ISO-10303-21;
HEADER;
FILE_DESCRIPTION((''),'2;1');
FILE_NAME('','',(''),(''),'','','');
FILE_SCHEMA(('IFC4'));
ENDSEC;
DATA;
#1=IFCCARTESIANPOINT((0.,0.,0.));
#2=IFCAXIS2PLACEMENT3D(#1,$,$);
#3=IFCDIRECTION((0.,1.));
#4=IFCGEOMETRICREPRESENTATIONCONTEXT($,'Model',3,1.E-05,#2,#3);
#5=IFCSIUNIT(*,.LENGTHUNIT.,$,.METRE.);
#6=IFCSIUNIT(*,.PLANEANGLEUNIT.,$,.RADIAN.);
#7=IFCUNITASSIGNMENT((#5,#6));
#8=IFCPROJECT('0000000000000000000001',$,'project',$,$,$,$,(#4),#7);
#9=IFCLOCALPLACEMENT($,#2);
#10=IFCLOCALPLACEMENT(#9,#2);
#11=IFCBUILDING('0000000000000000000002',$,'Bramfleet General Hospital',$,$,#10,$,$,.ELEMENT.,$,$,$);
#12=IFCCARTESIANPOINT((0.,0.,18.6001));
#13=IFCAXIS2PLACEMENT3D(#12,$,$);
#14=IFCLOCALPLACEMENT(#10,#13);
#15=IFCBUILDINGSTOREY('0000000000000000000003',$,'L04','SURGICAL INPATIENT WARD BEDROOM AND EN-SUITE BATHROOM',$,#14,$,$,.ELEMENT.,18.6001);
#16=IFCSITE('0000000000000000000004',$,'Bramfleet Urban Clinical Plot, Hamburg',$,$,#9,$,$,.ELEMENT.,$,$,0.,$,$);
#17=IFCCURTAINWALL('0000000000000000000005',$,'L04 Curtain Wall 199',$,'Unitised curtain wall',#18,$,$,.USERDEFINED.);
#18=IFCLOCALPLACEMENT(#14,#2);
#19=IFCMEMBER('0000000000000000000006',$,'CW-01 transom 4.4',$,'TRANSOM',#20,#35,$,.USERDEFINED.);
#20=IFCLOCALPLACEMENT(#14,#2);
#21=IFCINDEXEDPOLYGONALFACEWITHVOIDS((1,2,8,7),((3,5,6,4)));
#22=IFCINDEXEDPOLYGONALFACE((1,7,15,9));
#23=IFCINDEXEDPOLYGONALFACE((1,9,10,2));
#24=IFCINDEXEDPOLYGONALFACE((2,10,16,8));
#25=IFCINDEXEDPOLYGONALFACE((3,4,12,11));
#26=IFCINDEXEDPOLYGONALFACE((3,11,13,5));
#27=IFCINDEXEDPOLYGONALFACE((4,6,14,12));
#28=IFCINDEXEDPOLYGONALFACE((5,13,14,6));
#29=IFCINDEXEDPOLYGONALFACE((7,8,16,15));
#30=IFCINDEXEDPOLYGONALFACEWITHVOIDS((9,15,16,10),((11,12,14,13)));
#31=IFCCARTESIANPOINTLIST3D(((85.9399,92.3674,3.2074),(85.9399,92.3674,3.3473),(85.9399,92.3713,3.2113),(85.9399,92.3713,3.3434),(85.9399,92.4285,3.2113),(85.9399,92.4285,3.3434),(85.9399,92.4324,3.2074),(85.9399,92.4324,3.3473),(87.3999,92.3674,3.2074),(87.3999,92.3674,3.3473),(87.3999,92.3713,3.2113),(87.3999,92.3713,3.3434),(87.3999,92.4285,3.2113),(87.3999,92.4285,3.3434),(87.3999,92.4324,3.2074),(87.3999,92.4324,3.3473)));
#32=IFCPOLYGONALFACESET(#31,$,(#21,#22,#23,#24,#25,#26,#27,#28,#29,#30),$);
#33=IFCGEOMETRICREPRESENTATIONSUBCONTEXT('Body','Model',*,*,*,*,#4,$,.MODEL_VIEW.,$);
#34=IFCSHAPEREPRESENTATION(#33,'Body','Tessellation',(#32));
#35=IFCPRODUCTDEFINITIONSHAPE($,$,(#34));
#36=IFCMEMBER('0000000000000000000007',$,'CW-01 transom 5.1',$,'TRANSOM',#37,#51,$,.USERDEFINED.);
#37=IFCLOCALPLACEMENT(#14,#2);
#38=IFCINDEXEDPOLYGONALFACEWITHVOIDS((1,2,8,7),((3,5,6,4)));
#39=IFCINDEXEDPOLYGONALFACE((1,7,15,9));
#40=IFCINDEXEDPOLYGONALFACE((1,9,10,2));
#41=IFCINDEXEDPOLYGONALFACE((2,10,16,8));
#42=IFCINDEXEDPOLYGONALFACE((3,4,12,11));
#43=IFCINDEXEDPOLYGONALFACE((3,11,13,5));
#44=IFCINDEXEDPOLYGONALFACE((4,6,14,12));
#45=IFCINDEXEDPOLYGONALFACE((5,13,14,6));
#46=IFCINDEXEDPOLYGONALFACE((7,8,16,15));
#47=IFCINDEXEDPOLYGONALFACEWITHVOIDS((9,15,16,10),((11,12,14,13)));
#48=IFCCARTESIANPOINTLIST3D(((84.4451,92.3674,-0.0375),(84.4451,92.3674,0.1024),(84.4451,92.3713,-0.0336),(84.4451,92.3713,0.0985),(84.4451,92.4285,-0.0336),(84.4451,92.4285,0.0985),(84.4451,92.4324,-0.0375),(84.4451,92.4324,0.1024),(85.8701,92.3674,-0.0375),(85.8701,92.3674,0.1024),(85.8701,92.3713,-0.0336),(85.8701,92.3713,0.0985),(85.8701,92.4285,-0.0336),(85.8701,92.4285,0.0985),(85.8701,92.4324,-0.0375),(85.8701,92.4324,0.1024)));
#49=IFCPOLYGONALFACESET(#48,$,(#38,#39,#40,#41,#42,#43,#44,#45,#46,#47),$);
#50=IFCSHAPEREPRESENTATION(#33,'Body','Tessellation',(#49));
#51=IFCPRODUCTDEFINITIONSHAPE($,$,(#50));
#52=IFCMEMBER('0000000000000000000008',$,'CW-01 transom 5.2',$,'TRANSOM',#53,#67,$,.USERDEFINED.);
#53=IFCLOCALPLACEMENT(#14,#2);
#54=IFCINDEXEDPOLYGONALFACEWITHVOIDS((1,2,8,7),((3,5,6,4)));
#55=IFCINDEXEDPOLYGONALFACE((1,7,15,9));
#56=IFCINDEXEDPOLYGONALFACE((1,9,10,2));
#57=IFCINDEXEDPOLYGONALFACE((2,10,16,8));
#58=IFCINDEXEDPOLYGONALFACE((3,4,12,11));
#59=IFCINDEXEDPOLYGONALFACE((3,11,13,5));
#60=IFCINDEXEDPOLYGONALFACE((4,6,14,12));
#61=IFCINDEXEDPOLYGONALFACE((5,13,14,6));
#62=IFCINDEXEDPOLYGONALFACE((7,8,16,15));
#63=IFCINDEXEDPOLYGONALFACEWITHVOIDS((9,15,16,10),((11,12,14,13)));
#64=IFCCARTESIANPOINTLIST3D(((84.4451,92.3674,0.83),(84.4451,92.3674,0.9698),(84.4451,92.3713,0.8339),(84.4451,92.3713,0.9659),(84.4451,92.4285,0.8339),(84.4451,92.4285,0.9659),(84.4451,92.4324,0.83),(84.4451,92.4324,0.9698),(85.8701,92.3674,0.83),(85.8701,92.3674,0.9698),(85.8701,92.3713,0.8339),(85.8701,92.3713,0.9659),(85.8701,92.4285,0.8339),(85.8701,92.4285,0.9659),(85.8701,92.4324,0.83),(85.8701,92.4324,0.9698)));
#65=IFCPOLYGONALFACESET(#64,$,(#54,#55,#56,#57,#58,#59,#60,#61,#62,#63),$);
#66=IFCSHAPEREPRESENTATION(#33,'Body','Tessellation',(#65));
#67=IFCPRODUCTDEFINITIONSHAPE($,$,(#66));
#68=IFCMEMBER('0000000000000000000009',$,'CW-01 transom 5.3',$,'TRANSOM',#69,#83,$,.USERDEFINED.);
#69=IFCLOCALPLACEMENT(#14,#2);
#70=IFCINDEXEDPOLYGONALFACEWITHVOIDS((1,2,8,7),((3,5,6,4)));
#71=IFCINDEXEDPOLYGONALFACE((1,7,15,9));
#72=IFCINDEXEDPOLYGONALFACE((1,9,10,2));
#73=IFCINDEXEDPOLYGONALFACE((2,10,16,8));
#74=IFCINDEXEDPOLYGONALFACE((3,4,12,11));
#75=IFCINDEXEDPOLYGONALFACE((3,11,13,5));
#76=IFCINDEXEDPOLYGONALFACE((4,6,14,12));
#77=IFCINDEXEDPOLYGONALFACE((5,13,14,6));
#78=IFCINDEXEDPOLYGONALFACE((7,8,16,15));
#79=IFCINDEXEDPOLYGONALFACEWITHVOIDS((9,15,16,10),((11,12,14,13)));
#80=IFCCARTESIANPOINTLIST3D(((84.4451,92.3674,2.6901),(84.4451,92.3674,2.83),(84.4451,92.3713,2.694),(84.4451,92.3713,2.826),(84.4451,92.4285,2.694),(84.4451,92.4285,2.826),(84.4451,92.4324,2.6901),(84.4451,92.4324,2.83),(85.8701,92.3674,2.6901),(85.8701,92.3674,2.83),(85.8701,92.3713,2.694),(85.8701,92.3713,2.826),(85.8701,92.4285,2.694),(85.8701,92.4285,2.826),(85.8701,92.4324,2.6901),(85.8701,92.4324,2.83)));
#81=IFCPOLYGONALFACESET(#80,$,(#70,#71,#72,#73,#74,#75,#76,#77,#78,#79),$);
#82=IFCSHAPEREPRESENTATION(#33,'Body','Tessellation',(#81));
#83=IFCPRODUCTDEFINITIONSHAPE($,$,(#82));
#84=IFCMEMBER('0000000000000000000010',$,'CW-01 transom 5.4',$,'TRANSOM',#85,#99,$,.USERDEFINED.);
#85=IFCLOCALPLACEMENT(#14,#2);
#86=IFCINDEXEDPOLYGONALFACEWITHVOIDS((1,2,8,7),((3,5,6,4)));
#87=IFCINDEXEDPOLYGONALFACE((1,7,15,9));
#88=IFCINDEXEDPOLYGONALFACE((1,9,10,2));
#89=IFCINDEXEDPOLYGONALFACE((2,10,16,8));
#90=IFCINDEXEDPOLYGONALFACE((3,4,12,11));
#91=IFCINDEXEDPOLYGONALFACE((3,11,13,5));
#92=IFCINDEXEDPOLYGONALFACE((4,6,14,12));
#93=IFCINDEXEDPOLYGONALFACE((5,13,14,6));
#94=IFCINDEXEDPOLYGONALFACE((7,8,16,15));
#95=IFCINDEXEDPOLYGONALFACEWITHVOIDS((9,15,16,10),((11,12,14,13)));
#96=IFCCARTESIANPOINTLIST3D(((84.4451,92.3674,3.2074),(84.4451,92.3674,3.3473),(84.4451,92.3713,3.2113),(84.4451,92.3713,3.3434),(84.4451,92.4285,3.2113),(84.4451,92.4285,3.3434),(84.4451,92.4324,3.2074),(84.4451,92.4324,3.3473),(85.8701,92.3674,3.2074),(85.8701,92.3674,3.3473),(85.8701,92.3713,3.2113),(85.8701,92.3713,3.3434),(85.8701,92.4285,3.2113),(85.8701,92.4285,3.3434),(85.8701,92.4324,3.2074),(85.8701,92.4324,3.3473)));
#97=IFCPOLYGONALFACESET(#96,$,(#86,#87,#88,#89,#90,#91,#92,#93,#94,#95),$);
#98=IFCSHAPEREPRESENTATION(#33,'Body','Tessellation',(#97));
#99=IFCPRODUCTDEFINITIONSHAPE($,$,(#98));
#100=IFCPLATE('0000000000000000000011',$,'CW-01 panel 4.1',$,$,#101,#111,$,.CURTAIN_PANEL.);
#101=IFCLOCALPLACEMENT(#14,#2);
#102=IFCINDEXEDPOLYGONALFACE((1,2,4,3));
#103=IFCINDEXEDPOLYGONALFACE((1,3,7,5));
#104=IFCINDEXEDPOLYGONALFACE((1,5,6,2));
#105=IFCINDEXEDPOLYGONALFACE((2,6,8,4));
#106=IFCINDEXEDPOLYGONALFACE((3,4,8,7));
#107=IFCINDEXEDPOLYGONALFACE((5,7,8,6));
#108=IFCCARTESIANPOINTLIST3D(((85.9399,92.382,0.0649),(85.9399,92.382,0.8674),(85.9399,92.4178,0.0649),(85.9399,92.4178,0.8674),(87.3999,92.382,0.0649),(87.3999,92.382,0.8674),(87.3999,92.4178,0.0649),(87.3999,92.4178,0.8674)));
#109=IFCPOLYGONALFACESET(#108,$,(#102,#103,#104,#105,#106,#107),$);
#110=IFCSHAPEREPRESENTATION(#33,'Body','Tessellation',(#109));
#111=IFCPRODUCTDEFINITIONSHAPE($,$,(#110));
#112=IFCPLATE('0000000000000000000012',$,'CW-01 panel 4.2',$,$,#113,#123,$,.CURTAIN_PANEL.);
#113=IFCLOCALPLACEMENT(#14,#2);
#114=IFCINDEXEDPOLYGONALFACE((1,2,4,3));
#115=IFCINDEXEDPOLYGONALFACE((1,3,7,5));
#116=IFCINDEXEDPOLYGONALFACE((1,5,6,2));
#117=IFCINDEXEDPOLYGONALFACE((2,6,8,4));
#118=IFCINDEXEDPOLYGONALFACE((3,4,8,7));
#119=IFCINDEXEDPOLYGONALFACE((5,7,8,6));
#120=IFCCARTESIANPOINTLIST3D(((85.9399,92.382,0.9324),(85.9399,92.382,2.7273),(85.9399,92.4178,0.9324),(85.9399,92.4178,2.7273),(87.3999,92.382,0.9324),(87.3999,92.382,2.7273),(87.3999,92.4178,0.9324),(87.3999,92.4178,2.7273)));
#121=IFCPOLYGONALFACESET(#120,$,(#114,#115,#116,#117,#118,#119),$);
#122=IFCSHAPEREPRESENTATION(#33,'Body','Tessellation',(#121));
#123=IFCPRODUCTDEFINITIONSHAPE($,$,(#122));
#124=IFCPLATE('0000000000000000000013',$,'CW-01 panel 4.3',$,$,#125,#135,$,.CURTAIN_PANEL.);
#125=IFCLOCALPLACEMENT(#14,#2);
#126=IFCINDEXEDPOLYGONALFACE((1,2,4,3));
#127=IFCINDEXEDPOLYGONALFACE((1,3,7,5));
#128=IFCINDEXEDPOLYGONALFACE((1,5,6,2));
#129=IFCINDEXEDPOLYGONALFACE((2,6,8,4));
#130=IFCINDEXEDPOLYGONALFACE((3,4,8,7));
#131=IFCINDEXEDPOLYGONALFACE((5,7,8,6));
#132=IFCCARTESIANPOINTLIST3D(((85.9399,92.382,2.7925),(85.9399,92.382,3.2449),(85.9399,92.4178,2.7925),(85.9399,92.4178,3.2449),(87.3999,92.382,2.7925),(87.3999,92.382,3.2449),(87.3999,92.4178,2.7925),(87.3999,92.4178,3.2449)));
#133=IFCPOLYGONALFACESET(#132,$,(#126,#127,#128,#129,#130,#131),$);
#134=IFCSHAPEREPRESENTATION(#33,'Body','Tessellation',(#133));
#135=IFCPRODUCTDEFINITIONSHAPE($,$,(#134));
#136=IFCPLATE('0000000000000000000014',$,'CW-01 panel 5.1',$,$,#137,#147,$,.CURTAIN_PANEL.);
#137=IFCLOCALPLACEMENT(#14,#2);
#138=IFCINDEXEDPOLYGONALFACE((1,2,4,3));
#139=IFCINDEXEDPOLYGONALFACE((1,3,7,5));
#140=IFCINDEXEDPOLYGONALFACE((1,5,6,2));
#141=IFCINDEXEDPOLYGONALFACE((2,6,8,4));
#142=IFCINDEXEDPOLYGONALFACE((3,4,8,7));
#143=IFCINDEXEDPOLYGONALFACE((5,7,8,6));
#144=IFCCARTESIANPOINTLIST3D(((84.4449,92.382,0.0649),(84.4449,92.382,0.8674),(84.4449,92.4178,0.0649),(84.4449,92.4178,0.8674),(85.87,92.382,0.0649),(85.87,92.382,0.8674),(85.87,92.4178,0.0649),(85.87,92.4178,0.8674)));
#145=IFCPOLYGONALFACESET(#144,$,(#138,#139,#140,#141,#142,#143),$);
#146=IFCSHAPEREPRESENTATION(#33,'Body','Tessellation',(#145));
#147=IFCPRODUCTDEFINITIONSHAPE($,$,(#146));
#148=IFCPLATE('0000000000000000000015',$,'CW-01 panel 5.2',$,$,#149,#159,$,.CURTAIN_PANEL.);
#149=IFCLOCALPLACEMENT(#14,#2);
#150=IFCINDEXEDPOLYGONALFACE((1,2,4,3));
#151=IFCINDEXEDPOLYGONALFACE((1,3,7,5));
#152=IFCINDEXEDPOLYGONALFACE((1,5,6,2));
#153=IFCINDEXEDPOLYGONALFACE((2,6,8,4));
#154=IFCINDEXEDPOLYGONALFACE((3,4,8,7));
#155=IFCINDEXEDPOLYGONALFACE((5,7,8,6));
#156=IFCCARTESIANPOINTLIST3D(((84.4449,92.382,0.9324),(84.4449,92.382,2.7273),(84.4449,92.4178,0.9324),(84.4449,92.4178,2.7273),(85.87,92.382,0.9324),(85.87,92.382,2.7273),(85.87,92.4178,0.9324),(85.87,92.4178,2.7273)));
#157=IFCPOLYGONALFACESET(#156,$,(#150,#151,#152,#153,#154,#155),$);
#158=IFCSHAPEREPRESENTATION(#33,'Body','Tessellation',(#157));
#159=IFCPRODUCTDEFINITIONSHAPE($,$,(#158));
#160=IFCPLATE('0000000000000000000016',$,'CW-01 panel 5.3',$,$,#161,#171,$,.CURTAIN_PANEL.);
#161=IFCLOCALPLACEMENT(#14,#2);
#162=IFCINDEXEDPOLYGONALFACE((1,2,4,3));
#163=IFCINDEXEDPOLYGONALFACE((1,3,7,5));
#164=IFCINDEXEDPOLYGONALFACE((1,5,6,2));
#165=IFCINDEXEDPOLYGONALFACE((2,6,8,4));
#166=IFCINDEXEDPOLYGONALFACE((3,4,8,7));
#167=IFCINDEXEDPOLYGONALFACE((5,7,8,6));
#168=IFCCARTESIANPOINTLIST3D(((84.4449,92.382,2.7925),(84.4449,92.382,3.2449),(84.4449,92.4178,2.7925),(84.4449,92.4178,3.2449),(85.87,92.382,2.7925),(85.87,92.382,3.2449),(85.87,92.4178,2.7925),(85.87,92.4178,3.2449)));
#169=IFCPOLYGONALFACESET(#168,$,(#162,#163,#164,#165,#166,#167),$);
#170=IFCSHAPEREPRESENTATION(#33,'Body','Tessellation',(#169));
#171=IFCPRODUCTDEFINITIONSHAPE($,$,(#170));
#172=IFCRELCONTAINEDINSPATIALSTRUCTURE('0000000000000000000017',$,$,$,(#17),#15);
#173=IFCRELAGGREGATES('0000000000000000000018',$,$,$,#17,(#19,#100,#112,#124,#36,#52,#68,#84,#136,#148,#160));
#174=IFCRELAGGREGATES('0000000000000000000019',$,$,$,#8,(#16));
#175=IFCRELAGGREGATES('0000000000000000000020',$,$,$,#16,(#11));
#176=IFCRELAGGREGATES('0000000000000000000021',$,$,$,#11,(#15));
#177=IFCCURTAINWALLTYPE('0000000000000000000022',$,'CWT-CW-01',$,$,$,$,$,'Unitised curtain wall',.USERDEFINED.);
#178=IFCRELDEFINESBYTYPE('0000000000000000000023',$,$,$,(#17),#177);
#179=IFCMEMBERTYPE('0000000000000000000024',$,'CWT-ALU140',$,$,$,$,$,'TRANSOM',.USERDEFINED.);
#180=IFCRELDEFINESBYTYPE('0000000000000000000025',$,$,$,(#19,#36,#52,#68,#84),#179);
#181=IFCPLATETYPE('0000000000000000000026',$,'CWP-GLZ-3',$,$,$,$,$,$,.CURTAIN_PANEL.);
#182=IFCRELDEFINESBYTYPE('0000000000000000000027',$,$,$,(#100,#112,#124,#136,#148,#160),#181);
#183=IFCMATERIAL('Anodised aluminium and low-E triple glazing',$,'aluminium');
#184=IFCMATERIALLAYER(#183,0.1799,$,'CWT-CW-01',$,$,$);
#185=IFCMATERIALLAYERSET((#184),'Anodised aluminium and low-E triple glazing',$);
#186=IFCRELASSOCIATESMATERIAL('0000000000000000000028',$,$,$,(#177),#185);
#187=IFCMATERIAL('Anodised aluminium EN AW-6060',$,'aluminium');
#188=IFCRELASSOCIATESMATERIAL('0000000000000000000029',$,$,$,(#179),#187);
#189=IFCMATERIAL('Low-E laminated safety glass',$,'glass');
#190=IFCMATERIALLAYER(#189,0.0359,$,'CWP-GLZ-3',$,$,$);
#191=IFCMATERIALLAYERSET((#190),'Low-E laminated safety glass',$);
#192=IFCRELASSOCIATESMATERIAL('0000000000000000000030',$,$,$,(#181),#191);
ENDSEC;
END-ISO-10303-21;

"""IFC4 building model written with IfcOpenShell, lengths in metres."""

from ifc_helpers import new_model, si_unit, direction, frame, origin, origin_2d, place, context, subcontext, project, spatial, rectangle, hollow_rectangle, extrude, material, layer, layer_set, material_profile, profile_set, type_object, element, aggregate, save


model = new_model("IFC4")

# Units and contexts
model_context = context("Model", 3, precision=1e-05, world=origin(), true_north=direction((0.0, 1.0)))
body_context = subcontext(model_context, "Body", "Model", "MODEL_VIEW")
ifc_project = project(units=[si_unit("LENGTHUNIT", "METRE"), si_unit("PLANEANGLEUNIT", "RADIAN")], contexts=[model_context])

# Site, building, storey
site_placement = place(None, origin())
site = spatial("IfcSite", under=ifc_project, at=site_placement, Name="Bramfleet Urban Clinical Plot, Hamburg", CompositionType="ELEMENT", RefElevation=0.0)
building_placement = place(site_placement, origin())
building = spatial("IfcBuilding", under=site, at=building_placement, Name="Bramfleet General Hospital", CompositionType="ELEMENT")
storey_placement = place(building_placement, frame((0.0, 0.0, 18.6001)))
storey = spatial("IfcBuildingStorey", under=building, at=storey_placement, Name="L04", Description="SURGICAL INPATIENT WARD BEDROOM AND EN-SUITE BATHROOM", CompositionType="ELEMENT", Elevation=18.6001)

# Curtain wall, members, plates
ifc_material_1 = material(Name="Anodised aluminium and low-E triple glazing", Category="aluminium")
ifc_layer_1 = layer(ifc_material_1, 0.1799, Name="CWT-CW-01")
ifc_layer_set_1 = layer_set([ifc_layer_1], Name="Anodised aluminium and low-E triple glazing")
curtain_wall_type = type_object("IfcCurtainWallType", Name="CWT-CW-01", ElementType="Unitised curtain wall", PredefinedType="USERDEFINED", material=ifc_layer_set_1)
curtain_wall_placement = place(storey_placement, origin())
curtain_wall = element("IfcCurtainWall", 1, at=curtain_wall_placement, inside=storey, type_object=curtain_wall_type, Name="L04 Curtain Wall 199", ObjectType="Unitised curtain wall", PredefinedType="USERDEFINED")
ifc_material_2 = material(Name="Anodised aluminium EN AW-6060", Category="aluminium")
ifc_material_profile_1 = material_profile(ifc_material_2, hollow_rectangle(XDim=0.0649, YDim=0.1399, WallThickness=0.0039, at=origin_2d()), Name="ALU 140x65x4.0")
ifc_profile_set_1 = profile_set([ifc_material_profile_1], Name="Anodised aluminium EN AW-6060")
member_type_1 = type_object("IfcMemberType", Name="CWT-ALU140", ElementType="TRANSOM", PredefinedType="USERDEFINED", material=ifc_profile_set_1)
member_1_placement = place(storey_placement, frame((87.3999, 92.3999, 3.2773), z_axis=(-1.0, 0.0, 0.0), x_axis=(0.0, -1.0, 0.0)))
member_1 = element("IfcMember", 2, at=member_1_placement, type_object=member_type_1, Name="CW-01 transom 4.4", ObjectType="TRANSOM", PredefinedType="USERDEFINED", context=body_context, shape_type="SweptSolid", body=[
    extrude(hollow_rectangle(XDim=0.0649, YDim=0.1399, WallThickness=0.0039, at=origin_2d()), origin(), (0.0, 0.0, 1.0), 1.46),
])
member_2_placement = place(storey_placement, frame((85.8701, 92.3999, 0.0325), z_axis=(-1.0, 0.0, 0.0), x_axis=(0.0, -1.0, 0.0)))
member_2 = element("IfcMember", 3, at=member_2_placement, type_object=member_type_1, Name="CW-01 transom 5.1", ObjectType="TRANSOM", PredefinedType="USERDEFINED", context=body_context, shape_type="SweptSolid", body=[
    extrude(hollow_rectangle(XDim=0.0649, YDim=0.1399, WallThickness=0.0039, at=origin_2d()), origin(), (0.0, 0.0, 1.0), 1.425),
])
member_3_placement = place(storey_placement, frame((85.8701, 92.3999, 0.8999), z_axis=(-1.0, 0.0, 0.0), x_axis=(0.0, -1.0, 0.0)))
member_3 = element("IfcMember", 4, at=member_3_placement, type_object=member_type_1, Name="CW-01 transom 5.2", ObjectType="TRANSOM", PredefinedType="USERDEFINED", context=body_context, shape_type="SweptSolid", body=[
    extrude(hollow_rectangle(XDim=0.0649, YDim=0.1399, WallThickness=0.0039, at=origin_2d()), origin(), (0.0, 0.0, 1.0), 1.425),
])
member_4_placement = place(storey_placement, frame((85.8701, 92.3999, 2.76), z_axis=(-1.0, 0.0, 0.0), x_axis=(0.0, -1.0, 0.0)))
member_4 = element("IfcMember", 5, at=member_4_placement, type_object=member_type_1, Name="CW-01 transom 5.3", ObjectType="TRANSOM", PredefinedType="USERDEFINED", context=body_context, shape_type="SweptSolid", body=[
    extrude(hollow_rectangle(XDim=0.0649, YDim=0.1399, WallThickness=0.0039, at=origin_2d()), origin(), (0.0, 0.0, 1.0), 1.425),
])
member_5_placement = place(storey_placement, frame((85.8701, 92.3999, 3.2773), z_axis=(-1.0, 0.0, 0.0), x_axis=(0.0, -1.0, 0.0)))
member_5 = element("IfcMember", 6, at=member_5_placement, type_object=member_type_1, Name="CW-01 transom 5.4", ObjectType="TRANSOM", PredefinedType="USERDEFINED", context=body_context, shape_type="SweptSolid", body=[
    extrude(hollow_rectangle(XDim=0.0649, YDim=0.1399, WallThickness=0.0039, at=origin_2d()), origin(), (0.0, 0.0, 1.0), 1.425),
])
ifc_material_3 = material(Name="Low-E laminated safety glass", Category="glass")
ifc_layer_2 = layer(ifc_material_3, 0.0359, Name="CWP-GLZ-3")
ifc_layer_set_2 = layer_set([ifc_layer_2], Name="Low-E laminated safety glass")
plate_type = type_object("IfcPlateType", Name="CWP-GLZ-3", PredefinedType="CURTAIN_PANEL", material=ifc_layer_set_2)
plate_1_placement = place(storey_placement, frame((86.6699, 92.3999, 0.0649), z_axis=(0.0, 0.0, 1.0), x_axis=(-1.0, 0.0, 0.0)))
plate_1 = element("IfcPlate", 7, at=plate_1_placement, type_object=plate_type, Name="CW-01 panel 4.1", PredefinedType="CURTAIN_PANEL", context=body_context, shape_type="SweptSolid", body=[
    extrude(rectangle(XDim=1.46, YDim=0.0359, at=origin_2d()), origin(), (0.0, 0.0, 1.0), 0.8025),
])
plate_2_placement = place(storey_placement, frame((86.6699, 92.3999, 0.9324), z_axis=(0.0, 0.0, 1.0), x_axis=(-1.0, 0.0, 0.0)))
plate_2 = element("IfcPlate", 8, at=plate_2_placement, type_object=plate_type, Name="CW-01 panel 4.2", PredefinedType="CURTAIN_PANEL", context=body_context, shape_type="SweptSolid", body=[
    extrude(rectangle(XDim=1.46, YDim=0.0359, at=origin_2d()), origin(), (0.0, 0.0, 1.0), 1.7949),
])
plate_3_placement = place(storey_placement, frame((86.6699, 92.3999, 2.7925), z_axis=(0.0, 0.0, 1.0), x_axis=(-1.0, 0.0, 0.0)))
plate_3 = element("IfcPlate", 9, at=plate_3_placement, type_object=plate_type, Name="CW-01 panel 4.3", PredefinedType="CURTAIN_PANEL", context=body_context, shape_type="SweptSolid", body=[
    extrude(rectangle(XDim=1.46, YDim=0.0359, at=origin_2d()), origin(), (0.0, 0.0, 1.0), 0.4524),
])
plate_4_placement = place(storey_placement, frame((85.1575, 92.3999, 0.0649), z_axis=(0.0, 0.0, 1.0), x_axis=(-1.0, 0.0, 0.0)))
plate_4 = element("IfcPlate", 10, at=plate_4_placement, type_object=plate_type, Name="CW-01 panel 5.1", PredefinedType="CURTAIN_PANEL", context=body_context, shape_type="SweptSolid", body=[
    extrude(rectangle(XDim=1.425, YDim=0.0359, at=origin_2d()), origin(), (0.0, 0.0, 1.0), 0.8025),
])
plate_5_placement = place(storey_placement, frame((85.1575, 92.3999, 0.9324), z_axis=(0.0, 0.0, 1.0), x_axis=(-1.0, 0.0, 0.0)))
plate_5 = element("IfcPlate", 11, at=plate_5_placement, type_object=plate_type, Name="CW-01 panel 5.2", PredefinedType="CURTAIN_PANEL", context=body_context, shape_type="SweptSolid", body=[
    extrude(rectangle(XDim=1.425, YDim=0.0359, at=origin_2d()), origin(), (0.0, 0.0, 1.0), 1.7949),
])
plate_6_placement = place(storey_placement, frame((85.1575, 92.3999, 2.7925), z_axis=(0.0, 0.0, 1.0), x_axis=(-1.0, 0.0, 0.0)))
plate_6 = element("IfcPlate", 12, at=plate_6_placement, type_object=plate_type, Name="CW-01 panel 5.3", PredefinedType="CURTAIN_PANEL", context=body_context, shape_type="SweptSolid", body=[
    extrude(rectangle(XDim=1.425, YDim=0.0359, at=origin_2d()), origin(), (0.0, 0.0, 1.0), 0.4524),
])
aggregate(curtain_wall, [member_1, plate_1, plate_2, plate_3, member_2, member_3, member_4, member_5, plate_4, plate_5, plate_6])

save(model, "model.ifc")
